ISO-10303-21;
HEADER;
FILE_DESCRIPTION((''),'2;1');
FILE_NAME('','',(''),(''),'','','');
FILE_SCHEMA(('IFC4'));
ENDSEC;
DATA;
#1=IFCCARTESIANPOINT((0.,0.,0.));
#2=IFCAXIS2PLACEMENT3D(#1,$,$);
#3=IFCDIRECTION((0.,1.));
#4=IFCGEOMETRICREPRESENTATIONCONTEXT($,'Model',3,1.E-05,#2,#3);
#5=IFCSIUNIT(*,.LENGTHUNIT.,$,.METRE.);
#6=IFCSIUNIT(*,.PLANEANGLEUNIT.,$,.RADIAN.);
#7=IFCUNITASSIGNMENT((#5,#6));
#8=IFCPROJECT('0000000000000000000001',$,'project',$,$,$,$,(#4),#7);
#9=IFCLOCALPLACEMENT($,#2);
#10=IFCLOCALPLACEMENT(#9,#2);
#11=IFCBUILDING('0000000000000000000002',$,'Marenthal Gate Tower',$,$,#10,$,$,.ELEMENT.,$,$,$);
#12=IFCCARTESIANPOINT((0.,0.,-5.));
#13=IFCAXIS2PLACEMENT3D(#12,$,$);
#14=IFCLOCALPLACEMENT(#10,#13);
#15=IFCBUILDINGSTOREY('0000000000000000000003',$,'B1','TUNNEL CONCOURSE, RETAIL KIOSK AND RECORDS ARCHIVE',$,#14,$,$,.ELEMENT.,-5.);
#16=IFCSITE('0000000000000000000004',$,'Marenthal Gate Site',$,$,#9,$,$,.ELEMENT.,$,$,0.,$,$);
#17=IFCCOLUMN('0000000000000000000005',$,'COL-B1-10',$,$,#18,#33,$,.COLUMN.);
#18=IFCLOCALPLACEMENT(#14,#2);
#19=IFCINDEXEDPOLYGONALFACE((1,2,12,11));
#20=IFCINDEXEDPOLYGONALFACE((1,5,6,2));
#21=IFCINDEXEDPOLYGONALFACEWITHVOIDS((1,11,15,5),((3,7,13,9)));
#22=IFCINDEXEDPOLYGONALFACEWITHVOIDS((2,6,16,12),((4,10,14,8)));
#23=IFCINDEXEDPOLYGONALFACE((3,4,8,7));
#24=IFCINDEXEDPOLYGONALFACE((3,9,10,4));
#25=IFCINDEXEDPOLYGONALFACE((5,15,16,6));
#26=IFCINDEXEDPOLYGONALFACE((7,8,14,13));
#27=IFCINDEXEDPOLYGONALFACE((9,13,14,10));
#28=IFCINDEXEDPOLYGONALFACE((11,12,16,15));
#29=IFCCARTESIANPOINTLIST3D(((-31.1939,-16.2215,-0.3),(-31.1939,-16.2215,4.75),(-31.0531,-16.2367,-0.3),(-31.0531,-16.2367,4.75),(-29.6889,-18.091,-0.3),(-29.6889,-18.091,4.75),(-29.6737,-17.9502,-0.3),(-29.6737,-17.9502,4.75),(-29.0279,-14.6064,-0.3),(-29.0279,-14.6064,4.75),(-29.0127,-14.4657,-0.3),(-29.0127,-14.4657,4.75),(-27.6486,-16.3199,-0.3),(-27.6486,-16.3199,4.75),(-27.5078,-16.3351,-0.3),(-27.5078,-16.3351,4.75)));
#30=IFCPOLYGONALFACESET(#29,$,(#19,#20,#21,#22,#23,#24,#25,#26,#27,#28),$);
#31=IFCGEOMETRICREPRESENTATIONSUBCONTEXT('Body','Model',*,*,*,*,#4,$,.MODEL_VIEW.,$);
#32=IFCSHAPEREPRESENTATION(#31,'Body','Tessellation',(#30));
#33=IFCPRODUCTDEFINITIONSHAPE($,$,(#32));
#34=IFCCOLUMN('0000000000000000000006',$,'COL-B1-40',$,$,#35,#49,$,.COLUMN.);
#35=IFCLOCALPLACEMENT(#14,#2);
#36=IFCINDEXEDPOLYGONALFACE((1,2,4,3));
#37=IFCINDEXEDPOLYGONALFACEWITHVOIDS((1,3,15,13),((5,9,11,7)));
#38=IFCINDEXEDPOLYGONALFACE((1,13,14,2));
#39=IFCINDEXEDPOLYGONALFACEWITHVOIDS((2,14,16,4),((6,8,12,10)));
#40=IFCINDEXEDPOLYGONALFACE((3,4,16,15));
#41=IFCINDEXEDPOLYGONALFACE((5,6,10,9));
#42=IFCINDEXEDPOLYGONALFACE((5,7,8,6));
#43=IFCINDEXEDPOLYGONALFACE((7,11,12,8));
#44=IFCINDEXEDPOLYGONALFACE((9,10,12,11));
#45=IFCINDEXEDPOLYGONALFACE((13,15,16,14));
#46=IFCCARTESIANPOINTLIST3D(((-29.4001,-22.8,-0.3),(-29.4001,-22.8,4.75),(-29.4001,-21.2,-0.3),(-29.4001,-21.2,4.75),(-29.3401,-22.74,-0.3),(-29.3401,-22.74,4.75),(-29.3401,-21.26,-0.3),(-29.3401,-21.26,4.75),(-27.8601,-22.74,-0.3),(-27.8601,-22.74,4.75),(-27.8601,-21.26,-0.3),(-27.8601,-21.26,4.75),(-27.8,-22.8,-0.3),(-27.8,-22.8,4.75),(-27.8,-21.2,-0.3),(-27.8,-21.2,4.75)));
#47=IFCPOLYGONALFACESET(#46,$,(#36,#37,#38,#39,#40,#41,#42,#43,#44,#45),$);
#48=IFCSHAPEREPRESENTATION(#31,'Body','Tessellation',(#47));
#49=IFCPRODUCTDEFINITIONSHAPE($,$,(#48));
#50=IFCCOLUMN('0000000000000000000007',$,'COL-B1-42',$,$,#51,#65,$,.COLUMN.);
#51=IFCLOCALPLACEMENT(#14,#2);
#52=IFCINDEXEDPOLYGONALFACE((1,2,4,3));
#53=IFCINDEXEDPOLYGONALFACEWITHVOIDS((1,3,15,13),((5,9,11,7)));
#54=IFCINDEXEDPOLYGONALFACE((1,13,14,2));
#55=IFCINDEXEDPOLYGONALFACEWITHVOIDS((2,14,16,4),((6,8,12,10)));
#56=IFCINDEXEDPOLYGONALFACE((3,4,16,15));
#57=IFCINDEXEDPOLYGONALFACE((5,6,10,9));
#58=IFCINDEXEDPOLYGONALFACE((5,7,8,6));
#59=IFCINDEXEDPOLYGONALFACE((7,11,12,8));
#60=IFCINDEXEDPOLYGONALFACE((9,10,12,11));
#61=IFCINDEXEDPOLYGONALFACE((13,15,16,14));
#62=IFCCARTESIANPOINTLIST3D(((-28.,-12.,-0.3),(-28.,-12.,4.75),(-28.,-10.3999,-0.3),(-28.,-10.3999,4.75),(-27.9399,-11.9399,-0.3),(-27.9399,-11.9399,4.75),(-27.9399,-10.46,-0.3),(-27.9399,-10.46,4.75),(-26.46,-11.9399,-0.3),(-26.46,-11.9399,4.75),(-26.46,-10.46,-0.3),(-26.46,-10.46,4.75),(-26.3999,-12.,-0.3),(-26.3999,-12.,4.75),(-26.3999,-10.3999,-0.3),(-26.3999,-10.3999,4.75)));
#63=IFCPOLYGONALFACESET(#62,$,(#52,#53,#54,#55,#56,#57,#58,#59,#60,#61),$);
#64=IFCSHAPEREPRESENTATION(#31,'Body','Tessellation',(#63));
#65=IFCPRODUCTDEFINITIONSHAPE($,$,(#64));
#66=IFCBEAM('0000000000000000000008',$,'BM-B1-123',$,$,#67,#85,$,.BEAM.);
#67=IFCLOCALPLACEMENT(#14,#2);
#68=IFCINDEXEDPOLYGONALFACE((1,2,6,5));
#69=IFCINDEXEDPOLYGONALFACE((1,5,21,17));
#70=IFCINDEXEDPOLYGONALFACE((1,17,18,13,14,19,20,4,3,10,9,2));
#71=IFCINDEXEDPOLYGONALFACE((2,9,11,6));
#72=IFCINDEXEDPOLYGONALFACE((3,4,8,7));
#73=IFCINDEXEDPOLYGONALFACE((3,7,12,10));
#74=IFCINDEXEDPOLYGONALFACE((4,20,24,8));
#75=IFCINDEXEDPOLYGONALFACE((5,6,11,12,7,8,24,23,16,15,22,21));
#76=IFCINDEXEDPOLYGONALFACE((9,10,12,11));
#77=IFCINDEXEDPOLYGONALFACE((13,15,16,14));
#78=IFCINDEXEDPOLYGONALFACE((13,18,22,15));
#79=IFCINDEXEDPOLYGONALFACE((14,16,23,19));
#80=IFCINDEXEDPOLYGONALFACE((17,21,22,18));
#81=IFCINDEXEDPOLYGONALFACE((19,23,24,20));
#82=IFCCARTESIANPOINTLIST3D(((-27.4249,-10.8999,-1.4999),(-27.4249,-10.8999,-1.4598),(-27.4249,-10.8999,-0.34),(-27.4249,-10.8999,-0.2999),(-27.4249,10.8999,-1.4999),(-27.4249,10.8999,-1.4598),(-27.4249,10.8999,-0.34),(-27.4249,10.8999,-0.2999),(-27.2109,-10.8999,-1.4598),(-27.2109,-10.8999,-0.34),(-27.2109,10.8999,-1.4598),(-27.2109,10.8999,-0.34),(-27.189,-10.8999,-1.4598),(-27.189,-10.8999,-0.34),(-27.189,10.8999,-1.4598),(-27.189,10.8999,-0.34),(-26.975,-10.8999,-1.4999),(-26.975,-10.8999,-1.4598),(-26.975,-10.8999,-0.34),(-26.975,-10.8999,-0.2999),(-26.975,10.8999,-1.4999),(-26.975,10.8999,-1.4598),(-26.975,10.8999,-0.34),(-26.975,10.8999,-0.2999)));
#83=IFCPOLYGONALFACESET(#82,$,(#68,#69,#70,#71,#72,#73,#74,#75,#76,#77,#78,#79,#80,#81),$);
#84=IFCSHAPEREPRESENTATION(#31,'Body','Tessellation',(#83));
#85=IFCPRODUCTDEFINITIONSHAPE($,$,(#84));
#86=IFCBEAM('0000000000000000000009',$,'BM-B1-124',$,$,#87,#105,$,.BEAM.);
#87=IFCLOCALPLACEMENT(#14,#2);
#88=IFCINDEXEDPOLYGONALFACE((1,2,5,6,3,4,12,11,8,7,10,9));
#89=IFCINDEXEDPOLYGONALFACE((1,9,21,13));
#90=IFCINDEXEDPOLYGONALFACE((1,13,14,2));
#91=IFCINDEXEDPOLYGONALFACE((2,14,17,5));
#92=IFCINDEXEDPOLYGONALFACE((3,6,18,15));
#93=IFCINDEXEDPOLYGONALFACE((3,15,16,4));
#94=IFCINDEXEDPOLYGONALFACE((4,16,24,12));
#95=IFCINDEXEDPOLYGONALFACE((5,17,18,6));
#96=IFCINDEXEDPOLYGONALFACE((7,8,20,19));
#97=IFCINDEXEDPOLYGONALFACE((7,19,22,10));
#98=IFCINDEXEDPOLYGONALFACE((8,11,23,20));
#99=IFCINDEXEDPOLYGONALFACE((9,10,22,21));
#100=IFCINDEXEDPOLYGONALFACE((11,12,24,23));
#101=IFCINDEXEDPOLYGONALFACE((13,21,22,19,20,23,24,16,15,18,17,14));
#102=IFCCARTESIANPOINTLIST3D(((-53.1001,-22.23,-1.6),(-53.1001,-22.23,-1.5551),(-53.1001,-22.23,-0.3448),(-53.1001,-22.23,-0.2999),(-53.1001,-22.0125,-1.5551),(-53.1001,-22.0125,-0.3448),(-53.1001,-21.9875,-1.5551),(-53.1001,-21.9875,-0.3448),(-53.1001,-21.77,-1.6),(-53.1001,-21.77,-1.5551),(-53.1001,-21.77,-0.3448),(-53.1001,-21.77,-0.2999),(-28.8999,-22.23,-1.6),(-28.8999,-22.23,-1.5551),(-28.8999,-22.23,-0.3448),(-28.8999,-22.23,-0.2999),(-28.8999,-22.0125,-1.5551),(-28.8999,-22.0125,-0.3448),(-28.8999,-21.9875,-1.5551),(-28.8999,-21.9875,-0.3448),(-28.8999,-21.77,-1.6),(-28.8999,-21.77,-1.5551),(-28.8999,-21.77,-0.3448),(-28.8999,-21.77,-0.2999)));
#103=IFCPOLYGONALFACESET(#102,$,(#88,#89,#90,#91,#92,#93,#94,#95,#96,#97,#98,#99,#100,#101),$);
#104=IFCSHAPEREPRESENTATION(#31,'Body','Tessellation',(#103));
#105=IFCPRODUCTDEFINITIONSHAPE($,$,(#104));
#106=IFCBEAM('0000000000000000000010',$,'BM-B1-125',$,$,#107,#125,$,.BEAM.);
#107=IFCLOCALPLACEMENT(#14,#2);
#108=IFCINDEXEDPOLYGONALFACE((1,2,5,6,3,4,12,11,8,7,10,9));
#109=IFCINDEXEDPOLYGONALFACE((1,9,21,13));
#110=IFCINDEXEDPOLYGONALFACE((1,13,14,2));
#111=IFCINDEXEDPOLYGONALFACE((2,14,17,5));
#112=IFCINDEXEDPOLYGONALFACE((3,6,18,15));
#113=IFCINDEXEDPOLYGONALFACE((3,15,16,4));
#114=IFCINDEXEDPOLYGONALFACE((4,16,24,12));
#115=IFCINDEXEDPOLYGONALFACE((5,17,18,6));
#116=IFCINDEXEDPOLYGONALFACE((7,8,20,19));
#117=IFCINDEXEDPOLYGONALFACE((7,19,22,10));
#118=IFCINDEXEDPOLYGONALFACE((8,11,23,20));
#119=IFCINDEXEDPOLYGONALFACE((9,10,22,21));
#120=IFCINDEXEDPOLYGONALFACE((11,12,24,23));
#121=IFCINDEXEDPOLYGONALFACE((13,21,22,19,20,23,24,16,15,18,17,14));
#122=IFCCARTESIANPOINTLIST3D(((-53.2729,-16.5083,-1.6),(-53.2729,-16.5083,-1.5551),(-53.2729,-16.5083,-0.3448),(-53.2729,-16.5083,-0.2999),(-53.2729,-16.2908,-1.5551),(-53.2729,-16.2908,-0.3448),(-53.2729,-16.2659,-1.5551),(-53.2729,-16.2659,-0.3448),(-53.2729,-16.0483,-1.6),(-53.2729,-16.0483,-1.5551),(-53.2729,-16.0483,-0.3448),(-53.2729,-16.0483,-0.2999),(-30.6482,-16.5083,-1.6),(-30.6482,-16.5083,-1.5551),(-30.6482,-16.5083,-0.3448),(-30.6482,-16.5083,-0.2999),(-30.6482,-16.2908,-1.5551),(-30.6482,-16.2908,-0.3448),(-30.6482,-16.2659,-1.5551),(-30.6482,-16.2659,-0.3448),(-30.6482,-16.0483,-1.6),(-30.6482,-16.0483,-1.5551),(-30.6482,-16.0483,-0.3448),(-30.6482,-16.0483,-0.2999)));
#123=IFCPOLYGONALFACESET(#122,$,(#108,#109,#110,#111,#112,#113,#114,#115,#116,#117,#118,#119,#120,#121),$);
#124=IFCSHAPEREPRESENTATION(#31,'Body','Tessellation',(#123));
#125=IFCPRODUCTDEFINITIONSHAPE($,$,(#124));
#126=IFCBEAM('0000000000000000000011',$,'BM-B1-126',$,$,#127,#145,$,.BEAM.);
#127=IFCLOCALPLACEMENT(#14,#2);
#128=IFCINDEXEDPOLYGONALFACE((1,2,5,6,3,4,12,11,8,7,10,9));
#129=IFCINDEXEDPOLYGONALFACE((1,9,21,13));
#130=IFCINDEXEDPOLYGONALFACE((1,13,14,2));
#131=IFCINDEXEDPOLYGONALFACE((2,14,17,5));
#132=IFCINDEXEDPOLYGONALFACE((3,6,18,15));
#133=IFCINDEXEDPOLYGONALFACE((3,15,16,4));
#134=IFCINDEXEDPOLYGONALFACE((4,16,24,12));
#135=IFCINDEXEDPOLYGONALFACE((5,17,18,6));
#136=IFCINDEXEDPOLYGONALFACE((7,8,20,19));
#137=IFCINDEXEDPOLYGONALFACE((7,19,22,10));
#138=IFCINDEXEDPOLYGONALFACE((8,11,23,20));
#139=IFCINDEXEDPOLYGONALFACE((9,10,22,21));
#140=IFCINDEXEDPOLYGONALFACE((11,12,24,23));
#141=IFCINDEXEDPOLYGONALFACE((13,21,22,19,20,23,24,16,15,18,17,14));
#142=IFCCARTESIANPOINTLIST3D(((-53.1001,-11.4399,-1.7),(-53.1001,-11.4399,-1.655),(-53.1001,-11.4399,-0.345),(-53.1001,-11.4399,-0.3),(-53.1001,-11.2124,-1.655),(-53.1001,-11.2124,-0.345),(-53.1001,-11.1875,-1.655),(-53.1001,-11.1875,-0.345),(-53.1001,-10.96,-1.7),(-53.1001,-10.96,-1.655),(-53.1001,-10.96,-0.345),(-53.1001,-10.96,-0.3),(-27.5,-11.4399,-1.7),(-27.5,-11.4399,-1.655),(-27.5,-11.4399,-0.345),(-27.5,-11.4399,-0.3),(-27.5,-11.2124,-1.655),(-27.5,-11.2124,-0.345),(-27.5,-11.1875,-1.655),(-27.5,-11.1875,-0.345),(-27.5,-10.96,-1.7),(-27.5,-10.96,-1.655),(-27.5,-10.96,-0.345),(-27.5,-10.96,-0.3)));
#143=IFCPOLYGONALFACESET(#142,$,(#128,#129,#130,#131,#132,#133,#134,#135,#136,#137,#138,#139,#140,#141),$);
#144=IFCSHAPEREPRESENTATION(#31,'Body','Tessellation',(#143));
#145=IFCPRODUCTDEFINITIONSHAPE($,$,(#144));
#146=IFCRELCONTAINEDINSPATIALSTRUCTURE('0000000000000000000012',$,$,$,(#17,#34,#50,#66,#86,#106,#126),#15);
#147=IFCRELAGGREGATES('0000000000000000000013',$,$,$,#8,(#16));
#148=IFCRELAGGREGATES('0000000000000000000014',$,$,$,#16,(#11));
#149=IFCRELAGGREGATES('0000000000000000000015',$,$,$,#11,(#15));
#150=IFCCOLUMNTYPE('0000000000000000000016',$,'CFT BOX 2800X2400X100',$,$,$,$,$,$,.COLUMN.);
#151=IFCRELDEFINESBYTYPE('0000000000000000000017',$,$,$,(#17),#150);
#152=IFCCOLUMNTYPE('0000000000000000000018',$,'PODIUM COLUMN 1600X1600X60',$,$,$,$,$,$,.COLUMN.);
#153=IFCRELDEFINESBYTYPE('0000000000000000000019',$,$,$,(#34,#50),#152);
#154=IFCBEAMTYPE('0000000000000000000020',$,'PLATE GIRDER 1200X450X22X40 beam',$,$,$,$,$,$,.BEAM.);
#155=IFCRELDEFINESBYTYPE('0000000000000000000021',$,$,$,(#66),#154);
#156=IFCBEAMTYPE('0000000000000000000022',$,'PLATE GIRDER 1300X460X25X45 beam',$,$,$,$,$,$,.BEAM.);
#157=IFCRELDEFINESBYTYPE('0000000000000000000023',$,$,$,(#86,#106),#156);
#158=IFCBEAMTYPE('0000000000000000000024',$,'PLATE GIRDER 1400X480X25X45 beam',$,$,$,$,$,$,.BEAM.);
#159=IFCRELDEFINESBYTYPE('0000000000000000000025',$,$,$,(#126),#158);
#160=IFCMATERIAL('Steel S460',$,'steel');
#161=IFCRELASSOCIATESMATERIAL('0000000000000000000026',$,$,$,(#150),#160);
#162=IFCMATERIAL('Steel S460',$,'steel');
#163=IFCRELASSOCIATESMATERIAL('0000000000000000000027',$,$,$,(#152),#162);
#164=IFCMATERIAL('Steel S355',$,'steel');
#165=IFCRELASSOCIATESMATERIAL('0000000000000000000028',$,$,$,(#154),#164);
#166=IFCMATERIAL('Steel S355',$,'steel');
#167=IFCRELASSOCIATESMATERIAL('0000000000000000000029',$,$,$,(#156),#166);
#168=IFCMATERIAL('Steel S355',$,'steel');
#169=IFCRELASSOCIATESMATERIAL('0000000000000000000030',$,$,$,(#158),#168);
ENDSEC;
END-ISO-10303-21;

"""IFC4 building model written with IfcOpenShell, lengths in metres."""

from ifc_helpers import new_model, si_unit, direction, frame, origin, origin_2d, place, context, subcontext, project, spatial, rectangle, hollow_rectangle, i_section, extrude, material, material_profile, profile_set, type_object, element, save


model = new_model("IFC4")

# Units and contexts
model_context = context("Model", 3, precision=1e-05, world=origin(), true_north=direction((0.0, 1.0)))
body_context = subcontext(model_context, "Body", "Model", "MODEL_VIEW")
ifc_project = project(units=[si_unit("LENGTHUNIT", "METRE"), si_unit("PLANEANGLEUNIT", "RADIAN")], contexts=[model_context])

# Site, building, storey
site_placement = place(None, origin())
site = spatial("IfcSite", under=ifc_project, at=site_placement, Name="Marenthal Gate Site", CompositionType="ELEMENT", RefElevation=0.0)
building_placement = place(site_placement, origin())
building = spatial("IfcBuilding", under=site, at=building_placement, Name="Marenthal Gate Tower", CompositionType="ELEMENT")
storey_placement = place(building_placement, frame((0.0, 0.0, -5.0)))
storey = spatial("IfcBuildingStorey", under=building, at=storey_placement, Name="B1", Description="TUNNEL CONCOURSE, RETAIL KIOSK AND RECORDS ARCHIVE", CompositionType="ELEMENT", Elevation=-5.0)

# Columns
ifc_material_1 = material(Name="Steel S460", Category="steel")
ifc_material_profile_1 = material_profile(ifc_material_1, hollow_rectangle(XDim=2.3999, YDim=2.8, WallThickness=0.1001, at=origin_2d()), Name="CFT BOX 2800X2400X100")
ifc_material_2 = material(Name="Concrete 70 MPa", Category="concrete")
ifc_material_profile_2 = material_profile(ifc_material_2, rectangle(XDim=2.2, YDim=2.6001, at=origin_2d()), Name="CFT BOX 2800X2400X100 INFILL")
ifc_profile_set_1 = profile_set([ifc_material_profile_1, ifc_material_profile_2], Name="Steel S460 shell, Concrete 70 MPa infill")
column_type_1 = type_object("IfcColumnType", Name="CFT BOX 2800X2400X100", PredefinedType="COLUMN", material=ifc_profile_set_1)
column_placement = place(storey_placement, frame((-29.3508, -16.2783, -0.3), z_axis=(0.0, 0.0, 1.0), x_axis=(-0.62707, 0.778963, 0.0)))
element("IfcColumn", 1, at=column_placement, inside=storey, type_object=column_type_1, Name="COL-B1-10", PredefinedType="COLUMN", context=body_context, shape_type="SweptSolid", body=[
    extrude(hollow_rectangle(XDim=2.3999, YDim=2.8, WallThickness=0.1001, at=origin_2d()), origin(), (0.0, 0.0, 1.0), 5.05),
])
ifc_material_3 = material(Name="Steel S460", Category="steel")
ifc_material_profile_3 = material_profile(ifc_material_3, hollow_rectangle(XDim=1.6001, YDim=1.6001, WallThickness=0.0601, at=origin_2d()), Name="CFT BOX 1600X1600X60")
ifc_material_4 = material(Name="Concrete 70 MPa", Category="concrete")
ifc_material_profile_4 = material_profile(ifc_material_4, rectangle(XDim=1.48, YDim=1.48, at=origin_2d()), Name="CFT BOX 1600X1600X60 INFILL")
ifc_profile_set_2 = profile_set([ifc_material_profile_3, ifc_material_profile_4], Name="Steel S460 shell, Concrete 70 MPa infill")
column_type_2 = type_object("IfcColumnType", Name="PODIUM COLUMN 1600X1600X60", PredefinedType="COLUMN", material=ifc_profile_set_2)
for number, where, z_axis, x_axis, name in (
    (2, (-28.6001, -22.0, -0.3), (0.0, 0.0, 1.0), (1.0, 0.0, 0.0), "COL-B1-40"),
    (3, (-27.2, -11.2, -0.3), (0.0, 0.0, 1.0), (1.0, 0.0, 0.0), "COL-B1-42"),
):
    element("IfcColumn", number, at=place(storey_placement, frame(where, z_axis=z_axis, x_axis=x_axis)), inside=storey, type_object=column_type_2, Name=name, PredefinedType="COLUMN", context=body_context, shape_type="SweptSolid", body=[
        extrude(hollow_rectangle(XDim=1.6001, YDim=1.6001, WallThickness=0.0601, at=origin_2d()), origin(), (0.0, 0.0, 1.0), 5.05),
    ])

# Beams
ifc_material_5 = material(Name="Steel S355", Category="steel")
ifc_material_profile_5 = material_profile(ifc_material_5, i_section(OverallWidth=0.45, OverallDepth=1.2, WebThickness=0.022, FlangeThickness=0.04, at=origin_2d()), Name="PLATE GIRDER 1200X450X22X40")
ifc_profile_set_3 = profile_set([ifc_material_profile_5], Name="Steel S355")
beam_type_1 = type_object("IfcBeamType", Name="PLATE GIRDER 1200X450X22X40 beam", PredefinedType="BEAM", material=ifc_profile_set_3)
beam_1_placement = place(storey_placement, frame((-27.2, -10.8999, -0.8999), z_axis=(0.0, 1.0, 0.0), x_axis=(-1.0, 0.0, 0.0)))
element("IfcBeam", 4, at=beam_1_placement, inside=storey, type_object=beam_type_1, Name="BM-B1-123", PredefinedType="BEAM", context=body_context, shape_type="SweptSolid", body=[
    extrude(i_section(OverallWidth=0.45, OverallDepth=1.2, WebThickness=0.022, FlangeThickness=0.04, at=origin_2d()), origin(), (0.0, 0.0, 1.0), 21.7998),
])
ifc_material_6 = material(Name="Steel S355", Category="steel")
ifc_material_profile_6 = material_profile(ifc_material_6, i_section(OverallWidth=0.46, OverallDepth=1.3, WebThickness=0.0249, FlangeThickness=0.0449, at=origin_2d()), Name="PLATE GIRDER 1300X460X25X45")
ifc_profile_set_4 = profile_set([ifc_material_profile_6], Name="Steel S355")
beam_type_2 = type_object("IfcBeamType", Name="PLATE GIRDER 1300X460X25X45 beam", PredefinedType="BEAM", material=ifc_profile_set_4)
beam_2_placement = place(storey_placement, frame((-28.8999, -22.0, -0.95), z_axis=(-1.0, 0.0, 0.0), x_axis=(0.0, -1.0, 0.0)))
element("IfcBeam", 5, at=beam_2_placement, inside=storey, type_object=beam_type_2, Name="BM-B1-124", PredefinedType="BEAM", context=body_context, shape_type="SweptSolid", body=[
    extrude(i_section(OverallWidth=0.46, OverallDepth=1.3, WebThickness=0.0249, FlangeThickness=0.0449, at=origin_2d()), origin(), (0.0, 0.0, 1.0), 24.2002),
])
beam_3_placement = place(storey_placement, frame((-30.6482, -16.2783, -0.95), z_axis=(-1.0, 0.0, 0.0), x_axis=(0.0, -1.0, 0.0)))
element("IfcBeam", 6, at=beam_3_placement, inside=storey, type_object=beam_type_2, Name="BM-B1-125", PredefinedType="BEAM", context=body_context, shape_type="SweptSolid", body=[
    extrude(i_section(OverallWidth=0.46, OverallDepth=1.3, WebThickness=0.0249, FlangeThickness=0.0449, at=origin_2d()), origin(), (0.0, 0.0, 1.0), 22.6248),
])
ifc_material_7 = material(Name="Steel S355", Category="steel")
ifc_material_profile_7 = material_profile(ifc_material_7, i_section(OverallWidth=0.48, OverallDepth=1.3999, WebThickness=0.0249, FlangeThickness=0.0449, at=origin_2d()), Name="PLATE GIRDER 1400X480X25X45")
ifc_profile_set_5 = profile_set([ifc_material_profile_7], Name="Steel S355")
beam_type_3 = type_object("IfcBeamType", Name="PLATE GIRDER 1400X480X25X45 beam", PredefinedType="BEAM", material=ifc_profile_set_5)
beam_4_placement = place(storey_placement, frame((-27.5, -11.2, -1.0), z_axis=(-1.0, 0.0, 0.0), x_axis=(0.0, -1.0, 0.0)))
element("IfcBeam", 7, at=beam_4_placement, inside=storey, type_object=beam_type_3, Name="BM-B1-126", PredefinedType="BEAM", context=body_context, shape_type="SweptSolid", body=[
    extrude(i_section(OverallWidth=0.48, OverallDepth=1.3999, WebThickness=0.0249, FlangeThickness=0.0449, at=origin_2d()), origin(), (0.0, 0.0, 1.0), 25.6001),
])

save(model, "model.ifc")
